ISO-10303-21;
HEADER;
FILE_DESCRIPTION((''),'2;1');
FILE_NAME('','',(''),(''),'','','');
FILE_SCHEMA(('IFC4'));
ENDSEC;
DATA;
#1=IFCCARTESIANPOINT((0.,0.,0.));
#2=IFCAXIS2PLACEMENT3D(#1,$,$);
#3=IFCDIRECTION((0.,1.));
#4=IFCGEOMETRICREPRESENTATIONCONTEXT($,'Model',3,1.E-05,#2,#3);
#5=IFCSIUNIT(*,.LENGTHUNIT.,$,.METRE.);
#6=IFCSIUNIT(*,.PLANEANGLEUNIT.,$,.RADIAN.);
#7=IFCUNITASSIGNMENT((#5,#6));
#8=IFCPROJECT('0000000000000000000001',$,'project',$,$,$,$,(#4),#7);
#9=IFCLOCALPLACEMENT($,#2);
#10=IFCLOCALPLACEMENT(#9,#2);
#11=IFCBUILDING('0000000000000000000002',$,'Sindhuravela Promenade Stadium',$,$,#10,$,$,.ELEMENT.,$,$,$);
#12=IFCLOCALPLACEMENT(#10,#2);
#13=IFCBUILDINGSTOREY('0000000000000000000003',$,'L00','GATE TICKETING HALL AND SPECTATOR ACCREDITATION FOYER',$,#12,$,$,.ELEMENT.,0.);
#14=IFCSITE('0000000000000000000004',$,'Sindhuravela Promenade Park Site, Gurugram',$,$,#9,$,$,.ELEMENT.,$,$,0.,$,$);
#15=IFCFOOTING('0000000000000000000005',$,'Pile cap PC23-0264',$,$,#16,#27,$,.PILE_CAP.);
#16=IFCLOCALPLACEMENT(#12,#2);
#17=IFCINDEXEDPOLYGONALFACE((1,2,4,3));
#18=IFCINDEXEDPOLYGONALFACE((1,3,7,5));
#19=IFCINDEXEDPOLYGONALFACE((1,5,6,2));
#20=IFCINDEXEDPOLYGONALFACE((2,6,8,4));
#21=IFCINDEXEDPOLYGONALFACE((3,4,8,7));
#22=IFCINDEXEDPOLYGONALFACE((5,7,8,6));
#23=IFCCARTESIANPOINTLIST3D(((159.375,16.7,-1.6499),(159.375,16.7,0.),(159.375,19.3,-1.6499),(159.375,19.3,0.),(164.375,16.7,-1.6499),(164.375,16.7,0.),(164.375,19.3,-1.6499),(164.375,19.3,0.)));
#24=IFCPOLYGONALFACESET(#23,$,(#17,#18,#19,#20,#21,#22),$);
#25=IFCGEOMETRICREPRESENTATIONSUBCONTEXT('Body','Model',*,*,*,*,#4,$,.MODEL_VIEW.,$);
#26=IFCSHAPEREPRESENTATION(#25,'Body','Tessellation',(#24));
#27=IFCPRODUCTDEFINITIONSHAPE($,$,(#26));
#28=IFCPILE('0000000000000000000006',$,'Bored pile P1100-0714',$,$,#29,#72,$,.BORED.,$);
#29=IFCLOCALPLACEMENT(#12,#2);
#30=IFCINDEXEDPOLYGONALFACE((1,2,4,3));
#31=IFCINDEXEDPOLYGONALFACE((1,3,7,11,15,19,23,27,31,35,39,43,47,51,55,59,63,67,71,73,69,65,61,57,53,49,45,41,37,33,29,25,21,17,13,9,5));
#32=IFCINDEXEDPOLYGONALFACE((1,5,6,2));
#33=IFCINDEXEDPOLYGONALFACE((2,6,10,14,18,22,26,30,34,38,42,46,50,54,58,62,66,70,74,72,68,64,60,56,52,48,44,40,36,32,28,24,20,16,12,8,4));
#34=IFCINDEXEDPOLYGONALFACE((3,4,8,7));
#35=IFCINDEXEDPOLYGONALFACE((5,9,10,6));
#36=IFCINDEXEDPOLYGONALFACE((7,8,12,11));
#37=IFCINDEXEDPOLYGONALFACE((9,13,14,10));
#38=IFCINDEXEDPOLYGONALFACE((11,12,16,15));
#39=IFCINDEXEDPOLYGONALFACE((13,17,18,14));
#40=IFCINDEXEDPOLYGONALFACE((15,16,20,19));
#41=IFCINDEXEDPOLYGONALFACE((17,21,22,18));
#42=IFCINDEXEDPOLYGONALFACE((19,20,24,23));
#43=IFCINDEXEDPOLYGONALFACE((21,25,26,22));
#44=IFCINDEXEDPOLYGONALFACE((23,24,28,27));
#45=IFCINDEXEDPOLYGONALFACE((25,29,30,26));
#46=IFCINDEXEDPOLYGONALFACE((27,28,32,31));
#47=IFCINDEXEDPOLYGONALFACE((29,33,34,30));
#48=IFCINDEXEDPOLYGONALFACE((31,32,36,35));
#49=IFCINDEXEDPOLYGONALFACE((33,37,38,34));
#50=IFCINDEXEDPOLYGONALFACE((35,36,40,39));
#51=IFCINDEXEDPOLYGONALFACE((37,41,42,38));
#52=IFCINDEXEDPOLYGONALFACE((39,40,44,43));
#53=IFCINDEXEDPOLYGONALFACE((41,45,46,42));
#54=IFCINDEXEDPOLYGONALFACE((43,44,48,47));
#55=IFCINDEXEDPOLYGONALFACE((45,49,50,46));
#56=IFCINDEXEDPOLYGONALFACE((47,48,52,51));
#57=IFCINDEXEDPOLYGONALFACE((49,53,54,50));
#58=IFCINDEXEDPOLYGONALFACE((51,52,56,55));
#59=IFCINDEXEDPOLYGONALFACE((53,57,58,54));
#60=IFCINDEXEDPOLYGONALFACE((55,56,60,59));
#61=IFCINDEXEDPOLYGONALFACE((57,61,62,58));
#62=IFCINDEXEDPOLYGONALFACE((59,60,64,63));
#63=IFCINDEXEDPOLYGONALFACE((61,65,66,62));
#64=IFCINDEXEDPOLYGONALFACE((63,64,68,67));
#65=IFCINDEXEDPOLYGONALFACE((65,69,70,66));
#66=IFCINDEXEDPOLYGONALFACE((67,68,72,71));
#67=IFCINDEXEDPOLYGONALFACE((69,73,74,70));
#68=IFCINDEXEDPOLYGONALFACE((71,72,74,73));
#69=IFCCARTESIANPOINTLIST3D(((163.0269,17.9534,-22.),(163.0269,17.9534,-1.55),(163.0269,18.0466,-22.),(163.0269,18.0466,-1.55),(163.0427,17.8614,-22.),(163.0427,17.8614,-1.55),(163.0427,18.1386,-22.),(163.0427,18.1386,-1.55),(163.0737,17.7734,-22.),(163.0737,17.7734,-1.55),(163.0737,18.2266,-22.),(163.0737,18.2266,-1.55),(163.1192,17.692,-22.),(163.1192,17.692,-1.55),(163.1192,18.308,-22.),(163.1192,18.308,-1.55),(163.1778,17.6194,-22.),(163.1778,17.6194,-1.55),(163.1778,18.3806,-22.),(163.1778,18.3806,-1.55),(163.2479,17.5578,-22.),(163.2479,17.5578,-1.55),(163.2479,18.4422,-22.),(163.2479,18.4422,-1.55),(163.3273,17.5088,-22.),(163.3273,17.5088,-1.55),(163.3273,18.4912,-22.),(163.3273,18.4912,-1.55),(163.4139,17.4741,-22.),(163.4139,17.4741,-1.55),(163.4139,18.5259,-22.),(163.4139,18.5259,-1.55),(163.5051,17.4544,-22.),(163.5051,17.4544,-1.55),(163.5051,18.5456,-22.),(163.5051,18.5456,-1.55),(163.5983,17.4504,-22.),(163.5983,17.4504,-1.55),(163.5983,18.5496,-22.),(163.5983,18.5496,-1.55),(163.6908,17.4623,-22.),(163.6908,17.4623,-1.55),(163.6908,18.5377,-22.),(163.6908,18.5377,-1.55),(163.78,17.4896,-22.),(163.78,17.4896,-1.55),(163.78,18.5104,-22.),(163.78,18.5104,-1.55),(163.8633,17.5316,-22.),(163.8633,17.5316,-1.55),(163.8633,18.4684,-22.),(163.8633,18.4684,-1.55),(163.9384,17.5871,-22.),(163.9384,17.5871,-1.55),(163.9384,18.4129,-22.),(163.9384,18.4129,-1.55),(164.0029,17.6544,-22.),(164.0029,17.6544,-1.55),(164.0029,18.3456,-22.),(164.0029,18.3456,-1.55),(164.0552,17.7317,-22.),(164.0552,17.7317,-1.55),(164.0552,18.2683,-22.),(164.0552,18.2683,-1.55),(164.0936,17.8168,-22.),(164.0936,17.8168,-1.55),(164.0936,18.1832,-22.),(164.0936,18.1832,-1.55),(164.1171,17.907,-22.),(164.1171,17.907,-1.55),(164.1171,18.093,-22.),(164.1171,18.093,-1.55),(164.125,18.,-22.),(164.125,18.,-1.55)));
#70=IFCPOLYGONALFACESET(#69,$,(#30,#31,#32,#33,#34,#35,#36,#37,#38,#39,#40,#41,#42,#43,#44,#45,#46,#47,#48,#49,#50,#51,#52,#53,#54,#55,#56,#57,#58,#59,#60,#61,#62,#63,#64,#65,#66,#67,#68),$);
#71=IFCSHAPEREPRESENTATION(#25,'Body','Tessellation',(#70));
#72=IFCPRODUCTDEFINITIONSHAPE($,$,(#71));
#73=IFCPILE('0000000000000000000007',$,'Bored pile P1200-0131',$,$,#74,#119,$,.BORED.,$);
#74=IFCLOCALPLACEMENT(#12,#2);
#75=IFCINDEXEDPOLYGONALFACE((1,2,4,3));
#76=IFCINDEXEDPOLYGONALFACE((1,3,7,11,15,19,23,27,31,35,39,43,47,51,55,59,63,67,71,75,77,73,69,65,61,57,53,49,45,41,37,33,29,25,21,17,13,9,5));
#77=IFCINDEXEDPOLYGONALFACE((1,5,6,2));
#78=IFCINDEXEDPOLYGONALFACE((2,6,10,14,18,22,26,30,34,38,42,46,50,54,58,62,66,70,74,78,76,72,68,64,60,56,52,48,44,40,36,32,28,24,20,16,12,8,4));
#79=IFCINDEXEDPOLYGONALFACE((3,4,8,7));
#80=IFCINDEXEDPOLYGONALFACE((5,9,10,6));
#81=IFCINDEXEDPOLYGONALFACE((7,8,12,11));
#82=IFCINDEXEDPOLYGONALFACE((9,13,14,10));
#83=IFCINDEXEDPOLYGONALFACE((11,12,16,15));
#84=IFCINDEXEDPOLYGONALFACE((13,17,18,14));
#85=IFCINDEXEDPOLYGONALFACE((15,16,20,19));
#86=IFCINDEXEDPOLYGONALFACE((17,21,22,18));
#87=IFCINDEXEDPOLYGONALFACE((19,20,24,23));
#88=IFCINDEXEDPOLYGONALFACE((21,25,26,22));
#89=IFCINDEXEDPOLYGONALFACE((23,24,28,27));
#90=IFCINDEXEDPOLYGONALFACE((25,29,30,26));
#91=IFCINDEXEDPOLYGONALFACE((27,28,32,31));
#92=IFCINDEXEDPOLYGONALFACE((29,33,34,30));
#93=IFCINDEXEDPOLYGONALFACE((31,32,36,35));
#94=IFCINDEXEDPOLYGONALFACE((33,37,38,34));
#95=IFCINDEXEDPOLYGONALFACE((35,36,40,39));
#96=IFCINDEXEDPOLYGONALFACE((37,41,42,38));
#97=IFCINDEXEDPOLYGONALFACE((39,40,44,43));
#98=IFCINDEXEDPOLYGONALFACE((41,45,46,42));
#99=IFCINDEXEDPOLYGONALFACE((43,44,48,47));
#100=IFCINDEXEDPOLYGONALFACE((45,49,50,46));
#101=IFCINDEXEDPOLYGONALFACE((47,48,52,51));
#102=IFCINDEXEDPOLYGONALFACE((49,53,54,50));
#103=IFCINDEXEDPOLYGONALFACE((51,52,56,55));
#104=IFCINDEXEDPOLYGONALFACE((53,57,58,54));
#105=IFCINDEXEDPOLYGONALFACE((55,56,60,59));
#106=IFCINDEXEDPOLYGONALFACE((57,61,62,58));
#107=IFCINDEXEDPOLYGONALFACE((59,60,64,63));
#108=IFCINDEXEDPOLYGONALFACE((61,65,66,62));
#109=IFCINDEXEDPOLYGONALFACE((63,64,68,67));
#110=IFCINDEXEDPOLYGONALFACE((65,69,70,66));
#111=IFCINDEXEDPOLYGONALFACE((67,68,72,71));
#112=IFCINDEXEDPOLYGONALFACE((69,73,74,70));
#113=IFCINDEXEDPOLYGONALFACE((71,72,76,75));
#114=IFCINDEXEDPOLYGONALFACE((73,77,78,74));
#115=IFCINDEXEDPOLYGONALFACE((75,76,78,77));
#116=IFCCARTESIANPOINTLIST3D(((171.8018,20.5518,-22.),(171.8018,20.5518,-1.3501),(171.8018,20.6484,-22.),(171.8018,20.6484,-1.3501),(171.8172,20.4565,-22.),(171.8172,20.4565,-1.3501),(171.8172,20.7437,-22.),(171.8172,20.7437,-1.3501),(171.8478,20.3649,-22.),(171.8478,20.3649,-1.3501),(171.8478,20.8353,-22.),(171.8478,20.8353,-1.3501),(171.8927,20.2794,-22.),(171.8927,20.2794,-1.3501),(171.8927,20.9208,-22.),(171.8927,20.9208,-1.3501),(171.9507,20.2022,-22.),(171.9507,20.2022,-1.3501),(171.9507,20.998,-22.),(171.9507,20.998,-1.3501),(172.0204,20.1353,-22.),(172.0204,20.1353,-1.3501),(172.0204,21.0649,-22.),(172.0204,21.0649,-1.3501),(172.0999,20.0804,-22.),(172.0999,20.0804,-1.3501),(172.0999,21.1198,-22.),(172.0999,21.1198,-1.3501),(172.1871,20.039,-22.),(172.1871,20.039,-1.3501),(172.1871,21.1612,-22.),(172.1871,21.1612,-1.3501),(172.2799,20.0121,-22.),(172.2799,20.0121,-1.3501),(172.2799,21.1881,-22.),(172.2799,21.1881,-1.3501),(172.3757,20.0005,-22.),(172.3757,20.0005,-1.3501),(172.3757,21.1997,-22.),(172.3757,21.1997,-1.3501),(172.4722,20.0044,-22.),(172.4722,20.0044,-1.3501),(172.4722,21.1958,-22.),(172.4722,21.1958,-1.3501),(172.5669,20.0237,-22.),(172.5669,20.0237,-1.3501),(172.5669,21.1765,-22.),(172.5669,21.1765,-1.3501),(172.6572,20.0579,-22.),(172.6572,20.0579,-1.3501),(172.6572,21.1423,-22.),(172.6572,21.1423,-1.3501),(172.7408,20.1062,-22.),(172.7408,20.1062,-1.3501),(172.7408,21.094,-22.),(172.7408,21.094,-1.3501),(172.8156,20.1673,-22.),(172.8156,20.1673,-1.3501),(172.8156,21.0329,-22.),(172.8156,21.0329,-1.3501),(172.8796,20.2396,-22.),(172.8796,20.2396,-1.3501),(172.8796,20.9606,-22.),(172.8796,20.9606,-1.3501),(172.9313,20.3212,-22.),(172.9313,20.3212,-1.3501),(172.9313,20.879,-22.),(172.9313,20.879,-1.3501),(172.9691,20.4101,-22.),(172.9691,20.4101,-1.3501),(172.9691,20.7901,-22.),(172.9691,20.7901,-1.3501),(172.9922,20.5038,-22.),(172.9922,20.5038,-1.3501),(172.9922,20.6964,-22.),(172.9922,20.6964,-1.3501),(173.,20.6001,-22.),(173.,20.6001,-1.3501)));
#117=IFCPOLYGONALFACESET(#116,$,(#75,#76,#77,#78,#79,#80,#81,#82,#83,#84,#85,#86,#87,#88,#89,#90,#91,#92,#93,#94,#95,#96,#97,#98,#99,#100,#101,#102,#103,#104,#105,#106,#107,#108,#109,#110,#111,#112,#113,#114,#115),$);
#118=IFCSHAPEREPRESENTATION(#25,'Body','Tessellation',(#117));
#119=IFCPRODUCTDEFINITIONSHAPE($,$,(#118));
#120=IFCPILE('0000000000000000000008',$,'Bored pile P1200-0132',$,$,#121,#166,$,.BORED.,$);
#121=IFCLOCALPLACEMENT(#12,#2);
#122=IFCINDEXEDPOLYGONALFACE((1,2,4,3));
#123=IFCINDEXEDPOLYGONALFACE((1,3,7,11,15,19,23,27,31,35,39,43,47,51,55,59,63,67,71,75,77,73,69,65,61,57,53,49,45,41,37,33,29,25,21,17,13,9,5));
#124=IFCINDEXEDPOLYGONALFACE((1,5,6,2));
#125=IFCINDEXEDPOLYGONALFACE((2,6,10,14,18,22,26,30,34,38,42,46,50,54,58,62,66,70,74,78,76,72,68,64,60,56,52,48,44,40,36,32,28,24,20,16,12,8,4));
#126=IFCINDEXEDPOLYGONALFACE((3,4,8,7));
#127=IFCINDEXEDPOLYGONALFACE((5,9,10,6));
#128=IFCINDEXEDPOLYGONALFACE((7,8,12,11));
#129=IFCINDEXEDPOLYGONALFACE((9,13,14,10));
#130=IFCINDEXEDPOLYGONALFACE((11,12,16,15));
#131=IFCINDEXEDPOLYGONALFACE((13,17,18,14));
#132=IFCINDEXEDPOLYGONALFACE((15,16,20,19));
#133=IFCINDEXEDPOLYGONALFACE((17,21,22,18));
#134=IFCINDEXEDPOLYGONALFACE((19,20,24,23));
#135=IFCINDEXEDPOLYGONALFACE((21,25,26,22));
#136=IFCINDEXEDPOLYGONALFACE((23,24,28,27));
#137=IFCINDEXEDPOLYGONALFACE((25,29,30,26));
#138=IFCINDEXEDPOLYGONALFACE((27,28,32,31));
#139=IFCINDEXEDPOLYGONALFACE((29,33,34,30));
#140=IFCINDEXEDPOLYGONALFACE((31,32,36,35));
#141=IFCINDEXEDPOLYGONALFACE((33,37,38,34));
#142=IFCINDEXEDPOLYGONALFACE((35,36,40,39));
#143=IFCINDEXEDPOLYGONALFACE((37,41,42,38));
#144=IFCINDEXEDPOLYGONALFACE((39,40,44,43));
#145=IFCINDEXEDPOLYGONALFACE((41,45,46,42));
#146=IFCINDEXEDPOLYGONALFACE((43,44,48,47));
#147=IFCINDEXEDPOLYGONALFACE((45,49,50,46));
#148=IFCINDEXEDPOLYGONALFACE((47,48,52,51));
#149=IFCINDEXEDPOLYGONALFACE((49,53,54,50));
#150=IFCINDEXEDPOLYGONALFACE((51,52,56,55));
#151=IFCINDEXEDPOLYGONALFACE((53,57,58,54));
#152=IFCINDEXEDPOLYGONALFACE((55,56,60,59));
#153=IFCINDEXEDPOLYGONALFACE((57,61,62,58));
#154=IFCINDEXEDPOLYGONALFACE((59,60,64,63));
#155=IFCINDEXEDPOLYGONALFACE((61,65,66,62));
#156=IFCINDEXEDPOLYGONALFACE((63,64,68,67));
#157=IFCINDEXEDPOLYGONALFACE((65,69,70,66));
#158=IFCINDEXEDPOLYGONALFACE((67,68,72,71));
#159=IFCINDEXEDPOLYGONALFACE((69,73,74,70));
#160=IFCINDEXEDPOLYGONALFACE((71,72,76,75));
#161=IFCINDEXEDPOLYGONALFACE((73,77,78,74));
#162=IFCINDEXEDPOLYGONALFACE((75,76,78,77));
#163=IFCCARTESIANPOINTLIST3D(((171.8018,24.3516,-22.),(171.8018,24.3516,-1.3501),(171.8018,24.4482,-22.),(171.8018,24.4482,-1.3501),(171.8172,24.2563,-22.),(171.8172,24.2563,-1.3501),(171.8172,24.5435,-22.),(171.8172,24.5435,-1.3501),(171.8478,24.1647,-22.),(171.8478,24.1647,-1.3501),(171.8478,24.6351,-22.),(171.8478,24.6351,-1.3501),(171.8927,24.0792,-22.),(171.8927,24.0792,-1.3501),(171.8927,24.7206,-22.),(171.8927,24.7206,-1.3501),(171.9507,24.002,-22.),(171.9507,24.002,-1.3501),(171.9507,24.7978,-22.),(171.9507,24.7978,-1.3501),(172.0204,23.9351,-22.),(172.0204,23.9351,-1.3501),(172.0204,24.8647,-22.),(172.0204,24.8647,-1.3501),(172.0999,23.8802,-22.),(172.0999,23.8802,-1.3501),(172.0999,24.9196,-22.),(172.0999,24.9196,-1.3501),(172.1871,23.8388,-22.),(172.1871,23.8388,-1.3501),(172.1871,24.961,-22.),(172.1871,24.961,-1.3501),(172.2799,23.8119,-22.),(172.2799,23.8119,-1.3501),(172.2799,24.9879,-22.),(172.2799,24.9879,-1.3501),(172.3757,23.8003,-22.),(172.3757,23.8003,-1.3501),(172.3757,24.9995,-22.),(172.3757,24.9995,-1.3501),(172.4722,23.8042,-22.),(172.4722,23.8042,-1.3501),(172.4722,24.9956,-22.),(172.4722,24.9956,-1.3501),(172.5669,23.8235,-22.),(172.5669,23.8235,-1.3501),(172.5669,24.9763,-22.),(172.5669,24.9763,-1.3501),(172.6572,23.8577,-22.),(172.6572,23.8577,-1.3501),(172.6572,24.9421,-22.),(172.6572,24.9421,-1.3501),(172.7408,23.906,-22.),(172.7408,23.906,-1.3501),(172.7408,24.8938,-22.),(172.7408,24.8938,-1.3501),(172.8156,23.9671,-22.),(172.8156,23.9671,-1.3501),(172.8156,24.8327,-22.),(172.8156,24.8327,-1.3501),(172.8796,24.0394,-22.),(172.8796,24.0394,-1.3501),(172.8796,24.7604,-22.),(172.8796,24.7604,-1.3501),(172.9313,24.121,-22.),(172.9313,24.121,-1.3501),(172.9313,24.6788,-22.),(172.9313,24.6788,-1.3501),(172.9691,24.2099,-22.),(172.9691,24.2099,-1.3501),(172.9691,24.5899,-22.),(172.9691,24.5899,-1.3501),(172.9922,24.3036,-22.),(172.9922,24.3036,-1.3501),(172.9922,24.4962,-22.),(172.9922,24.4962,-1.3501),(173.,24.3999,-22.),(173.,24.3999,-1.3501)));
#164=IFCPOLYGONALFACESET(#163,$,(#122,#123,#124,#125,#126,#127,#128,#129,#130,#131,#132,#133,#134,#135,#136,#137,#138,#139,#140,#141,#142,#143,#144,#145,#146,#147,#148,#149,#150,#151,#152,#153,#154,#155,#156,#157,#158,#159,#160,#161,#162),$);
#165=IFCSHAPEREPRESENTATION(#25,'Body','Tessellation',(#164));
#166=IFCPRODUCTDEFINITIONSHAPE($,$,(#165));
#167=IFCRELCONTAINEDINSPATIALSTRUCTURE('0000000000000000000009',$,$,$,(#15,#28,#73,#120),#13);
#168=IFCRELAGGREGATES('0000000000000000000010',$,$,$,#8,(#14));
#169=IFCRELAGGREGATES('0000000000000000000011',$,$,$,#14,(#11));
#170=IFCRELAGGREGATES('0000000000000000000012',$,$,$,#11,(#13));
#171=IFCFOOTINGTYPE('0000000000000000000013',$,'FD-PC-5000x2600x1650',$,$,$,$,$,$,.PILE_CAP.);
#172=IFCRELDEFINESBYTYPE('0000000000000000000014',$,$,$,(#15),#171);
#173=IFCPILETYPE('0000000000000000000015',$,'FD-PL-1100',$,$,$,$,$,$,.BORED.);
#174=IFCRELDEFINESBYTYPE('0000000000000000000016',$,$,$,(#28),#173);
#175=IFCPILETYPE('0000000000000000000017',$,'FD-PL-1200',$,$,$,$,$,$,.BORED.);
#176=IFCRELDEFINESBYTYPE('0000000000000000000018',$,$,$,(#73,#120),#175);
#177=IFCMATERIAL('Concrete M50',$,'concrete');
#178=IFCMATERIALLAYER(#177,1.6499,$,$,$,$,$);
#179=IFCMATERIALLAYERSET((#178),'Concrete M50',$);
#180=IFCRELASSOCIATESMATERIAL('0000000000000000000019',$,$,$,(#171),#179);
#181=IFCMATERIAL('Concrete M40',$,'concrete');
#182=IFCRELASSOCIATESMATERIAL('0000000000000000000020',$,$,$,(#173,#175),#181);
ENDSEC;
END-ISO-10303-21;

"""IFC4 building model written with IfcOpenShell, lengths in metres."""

from ifc_helpers import new_model, si_unit, direction, frame, origin, origin_2d, place, context, subcontext, project, spatial, rectangle, circle, extrude, material, layer, layer_set, material_profile, profile_set, type_object, element, save


model = new_model("IFC4")

# Units and contexts
model_context = context("Model", 3, precision=1e-05, world=origin(), true_north=direction((0.0, 1.0)))
body_context = subcontext(model_context, "Body", "Model", "MODEL_VIEW")
ifc_project = project(units=[si_unit("LENGTHUNIT", "METRE"), si_unit("PLANEANGLEUNIT", "RADIAN")], contexts=[model_context])

# Site, building, storey
site_placement = place(None, origin())
site = spatial("IfcSite", under=ifc_project, at=site_placement, Name="Sindhuravela Promenade Park Site, Gurugram", CompositionType="ELEMENT", RefElevation=0.0)
building_placement = place(site_placement, origin())
building = spatial("IfcBuilding", under=site, at=building_placement, Name="Sindhuravela Promenade Stadium", CompositionType="ELEMENT")
storey_placement = place(building_placement, origin())
storey = spatial("IfcBuildingStorey", under=building, at=storey_placement, Name="L00", Description="GATE TICKETING HALL AND SPECTATOR ACCREDITATION FOYER", CompositionType="ELEMENT", Elevation=0.0)

# Footing
ifc_material_1 = material(Name="Concrete M50", Category="concrete")
ifc_layer_1 = layer(ifc_material_1, 1.6499)
ifc_layer_set_1 = layer_set([ifc_layer_1], Name="Concrete M50")
footing_type = type_object("IfcFootingType", Name="FD-PC-5000x2600x1650", PredefinedType="PILE_CAP", material=ifc_layer_set_1)
footing_placement = place(storey_placement, frame((161.875, 18.0, -1.6499), z_axis=(0.0, 0.0, 1.0), x_axis=(1.0, 0.0, 0.0)))
element("IfcFooting", 1, at=footing_placement, inside=storey, type_object=footing_type, Name="Pile cap PC23-0264", PredefinedType="PILE_CAP", context=body_context, shape_type="SweptSolid", body=[
    extrude(rectangle(XDim=5.0, YDim=2.6001, at=origin_2d()), origin(), (0.0, 0.0, 1.0), 1.6499),
])

# Piles
ifc_material_2 = material(Name="Concrete M40", Category="concrete")
ifc_material_profile_1 = material_profile(ifc_material_2, circle(Radius=0.55, at=origin_2d()), Name="BORED PILE D1100")
ifc_profile_set_1 = profile_set([ifc_material_profile_1], Name="Concrete M40")
pile_type_1 = type_object("IfcPileType", Name="FD-PL-1100", PredefinedType="BORED", material=ifc_profile_set_1)
pile_placement = place(storey_placement, frame((163.575, 18.0, -1.55), z_axis=(0.0, 0.0, -1.0), x_axis=(1.0, 0.0, 0.0)))
element("IfcPile", 2, at=pile_placement, inside=storey, type_object=pile_type_1, Name="Bored pile P1100-0714", PredefinedType="BORED", context=body_context, shape_type="SweptSolid", body=[
    extrude(circle(Radius=0.55, at=origin_2d()), origin(), (0.0, 0.0, 1.0), 20.45),
])
ifc_material_profile_2 = material_profile(ifc_material_2, circle(Radius=0.6001, at=origin_2d()), Name="BORED PILE D1200")
ifc_profile_set_2 = profile_set([ifc_material_profile_2], Name="Concrete M40")
pile_type_2 = type_object("IfcPileType", Name="FD-PL-1200", PredefinedType="BORED", material=ifc_profile_set_2)
for number, where, z_axis, x_axis, name in (
    (3, (172.3999, 20.6001, -1.3501), (0.0, 0.0, -1.0), (1.0, 0.0, 0.0), "Bored pile P1200-0131"),
    (4, (172.3999, 24.3999, -1.3501), (0.0, 0.0, -1.0), (1.0, 0.0, 0.0), "Bored pile P1200-0132"),
):
    element("IfcPile", number, at=place(storey_placement, frame(where, z_axis=z_axis, x_axis=x_axis)), inside=storey, type_object=pile_type_2, Name=name, PredefinedType="BORED", context=body_context, shape_type="SweptSolid", body=[
        extrude(circle(Radius=0.6001, at=origin_2d()), origin(), (0.0, 0.0, 1.0), 20.6499),
    ])

save(model, "model.ifc")
